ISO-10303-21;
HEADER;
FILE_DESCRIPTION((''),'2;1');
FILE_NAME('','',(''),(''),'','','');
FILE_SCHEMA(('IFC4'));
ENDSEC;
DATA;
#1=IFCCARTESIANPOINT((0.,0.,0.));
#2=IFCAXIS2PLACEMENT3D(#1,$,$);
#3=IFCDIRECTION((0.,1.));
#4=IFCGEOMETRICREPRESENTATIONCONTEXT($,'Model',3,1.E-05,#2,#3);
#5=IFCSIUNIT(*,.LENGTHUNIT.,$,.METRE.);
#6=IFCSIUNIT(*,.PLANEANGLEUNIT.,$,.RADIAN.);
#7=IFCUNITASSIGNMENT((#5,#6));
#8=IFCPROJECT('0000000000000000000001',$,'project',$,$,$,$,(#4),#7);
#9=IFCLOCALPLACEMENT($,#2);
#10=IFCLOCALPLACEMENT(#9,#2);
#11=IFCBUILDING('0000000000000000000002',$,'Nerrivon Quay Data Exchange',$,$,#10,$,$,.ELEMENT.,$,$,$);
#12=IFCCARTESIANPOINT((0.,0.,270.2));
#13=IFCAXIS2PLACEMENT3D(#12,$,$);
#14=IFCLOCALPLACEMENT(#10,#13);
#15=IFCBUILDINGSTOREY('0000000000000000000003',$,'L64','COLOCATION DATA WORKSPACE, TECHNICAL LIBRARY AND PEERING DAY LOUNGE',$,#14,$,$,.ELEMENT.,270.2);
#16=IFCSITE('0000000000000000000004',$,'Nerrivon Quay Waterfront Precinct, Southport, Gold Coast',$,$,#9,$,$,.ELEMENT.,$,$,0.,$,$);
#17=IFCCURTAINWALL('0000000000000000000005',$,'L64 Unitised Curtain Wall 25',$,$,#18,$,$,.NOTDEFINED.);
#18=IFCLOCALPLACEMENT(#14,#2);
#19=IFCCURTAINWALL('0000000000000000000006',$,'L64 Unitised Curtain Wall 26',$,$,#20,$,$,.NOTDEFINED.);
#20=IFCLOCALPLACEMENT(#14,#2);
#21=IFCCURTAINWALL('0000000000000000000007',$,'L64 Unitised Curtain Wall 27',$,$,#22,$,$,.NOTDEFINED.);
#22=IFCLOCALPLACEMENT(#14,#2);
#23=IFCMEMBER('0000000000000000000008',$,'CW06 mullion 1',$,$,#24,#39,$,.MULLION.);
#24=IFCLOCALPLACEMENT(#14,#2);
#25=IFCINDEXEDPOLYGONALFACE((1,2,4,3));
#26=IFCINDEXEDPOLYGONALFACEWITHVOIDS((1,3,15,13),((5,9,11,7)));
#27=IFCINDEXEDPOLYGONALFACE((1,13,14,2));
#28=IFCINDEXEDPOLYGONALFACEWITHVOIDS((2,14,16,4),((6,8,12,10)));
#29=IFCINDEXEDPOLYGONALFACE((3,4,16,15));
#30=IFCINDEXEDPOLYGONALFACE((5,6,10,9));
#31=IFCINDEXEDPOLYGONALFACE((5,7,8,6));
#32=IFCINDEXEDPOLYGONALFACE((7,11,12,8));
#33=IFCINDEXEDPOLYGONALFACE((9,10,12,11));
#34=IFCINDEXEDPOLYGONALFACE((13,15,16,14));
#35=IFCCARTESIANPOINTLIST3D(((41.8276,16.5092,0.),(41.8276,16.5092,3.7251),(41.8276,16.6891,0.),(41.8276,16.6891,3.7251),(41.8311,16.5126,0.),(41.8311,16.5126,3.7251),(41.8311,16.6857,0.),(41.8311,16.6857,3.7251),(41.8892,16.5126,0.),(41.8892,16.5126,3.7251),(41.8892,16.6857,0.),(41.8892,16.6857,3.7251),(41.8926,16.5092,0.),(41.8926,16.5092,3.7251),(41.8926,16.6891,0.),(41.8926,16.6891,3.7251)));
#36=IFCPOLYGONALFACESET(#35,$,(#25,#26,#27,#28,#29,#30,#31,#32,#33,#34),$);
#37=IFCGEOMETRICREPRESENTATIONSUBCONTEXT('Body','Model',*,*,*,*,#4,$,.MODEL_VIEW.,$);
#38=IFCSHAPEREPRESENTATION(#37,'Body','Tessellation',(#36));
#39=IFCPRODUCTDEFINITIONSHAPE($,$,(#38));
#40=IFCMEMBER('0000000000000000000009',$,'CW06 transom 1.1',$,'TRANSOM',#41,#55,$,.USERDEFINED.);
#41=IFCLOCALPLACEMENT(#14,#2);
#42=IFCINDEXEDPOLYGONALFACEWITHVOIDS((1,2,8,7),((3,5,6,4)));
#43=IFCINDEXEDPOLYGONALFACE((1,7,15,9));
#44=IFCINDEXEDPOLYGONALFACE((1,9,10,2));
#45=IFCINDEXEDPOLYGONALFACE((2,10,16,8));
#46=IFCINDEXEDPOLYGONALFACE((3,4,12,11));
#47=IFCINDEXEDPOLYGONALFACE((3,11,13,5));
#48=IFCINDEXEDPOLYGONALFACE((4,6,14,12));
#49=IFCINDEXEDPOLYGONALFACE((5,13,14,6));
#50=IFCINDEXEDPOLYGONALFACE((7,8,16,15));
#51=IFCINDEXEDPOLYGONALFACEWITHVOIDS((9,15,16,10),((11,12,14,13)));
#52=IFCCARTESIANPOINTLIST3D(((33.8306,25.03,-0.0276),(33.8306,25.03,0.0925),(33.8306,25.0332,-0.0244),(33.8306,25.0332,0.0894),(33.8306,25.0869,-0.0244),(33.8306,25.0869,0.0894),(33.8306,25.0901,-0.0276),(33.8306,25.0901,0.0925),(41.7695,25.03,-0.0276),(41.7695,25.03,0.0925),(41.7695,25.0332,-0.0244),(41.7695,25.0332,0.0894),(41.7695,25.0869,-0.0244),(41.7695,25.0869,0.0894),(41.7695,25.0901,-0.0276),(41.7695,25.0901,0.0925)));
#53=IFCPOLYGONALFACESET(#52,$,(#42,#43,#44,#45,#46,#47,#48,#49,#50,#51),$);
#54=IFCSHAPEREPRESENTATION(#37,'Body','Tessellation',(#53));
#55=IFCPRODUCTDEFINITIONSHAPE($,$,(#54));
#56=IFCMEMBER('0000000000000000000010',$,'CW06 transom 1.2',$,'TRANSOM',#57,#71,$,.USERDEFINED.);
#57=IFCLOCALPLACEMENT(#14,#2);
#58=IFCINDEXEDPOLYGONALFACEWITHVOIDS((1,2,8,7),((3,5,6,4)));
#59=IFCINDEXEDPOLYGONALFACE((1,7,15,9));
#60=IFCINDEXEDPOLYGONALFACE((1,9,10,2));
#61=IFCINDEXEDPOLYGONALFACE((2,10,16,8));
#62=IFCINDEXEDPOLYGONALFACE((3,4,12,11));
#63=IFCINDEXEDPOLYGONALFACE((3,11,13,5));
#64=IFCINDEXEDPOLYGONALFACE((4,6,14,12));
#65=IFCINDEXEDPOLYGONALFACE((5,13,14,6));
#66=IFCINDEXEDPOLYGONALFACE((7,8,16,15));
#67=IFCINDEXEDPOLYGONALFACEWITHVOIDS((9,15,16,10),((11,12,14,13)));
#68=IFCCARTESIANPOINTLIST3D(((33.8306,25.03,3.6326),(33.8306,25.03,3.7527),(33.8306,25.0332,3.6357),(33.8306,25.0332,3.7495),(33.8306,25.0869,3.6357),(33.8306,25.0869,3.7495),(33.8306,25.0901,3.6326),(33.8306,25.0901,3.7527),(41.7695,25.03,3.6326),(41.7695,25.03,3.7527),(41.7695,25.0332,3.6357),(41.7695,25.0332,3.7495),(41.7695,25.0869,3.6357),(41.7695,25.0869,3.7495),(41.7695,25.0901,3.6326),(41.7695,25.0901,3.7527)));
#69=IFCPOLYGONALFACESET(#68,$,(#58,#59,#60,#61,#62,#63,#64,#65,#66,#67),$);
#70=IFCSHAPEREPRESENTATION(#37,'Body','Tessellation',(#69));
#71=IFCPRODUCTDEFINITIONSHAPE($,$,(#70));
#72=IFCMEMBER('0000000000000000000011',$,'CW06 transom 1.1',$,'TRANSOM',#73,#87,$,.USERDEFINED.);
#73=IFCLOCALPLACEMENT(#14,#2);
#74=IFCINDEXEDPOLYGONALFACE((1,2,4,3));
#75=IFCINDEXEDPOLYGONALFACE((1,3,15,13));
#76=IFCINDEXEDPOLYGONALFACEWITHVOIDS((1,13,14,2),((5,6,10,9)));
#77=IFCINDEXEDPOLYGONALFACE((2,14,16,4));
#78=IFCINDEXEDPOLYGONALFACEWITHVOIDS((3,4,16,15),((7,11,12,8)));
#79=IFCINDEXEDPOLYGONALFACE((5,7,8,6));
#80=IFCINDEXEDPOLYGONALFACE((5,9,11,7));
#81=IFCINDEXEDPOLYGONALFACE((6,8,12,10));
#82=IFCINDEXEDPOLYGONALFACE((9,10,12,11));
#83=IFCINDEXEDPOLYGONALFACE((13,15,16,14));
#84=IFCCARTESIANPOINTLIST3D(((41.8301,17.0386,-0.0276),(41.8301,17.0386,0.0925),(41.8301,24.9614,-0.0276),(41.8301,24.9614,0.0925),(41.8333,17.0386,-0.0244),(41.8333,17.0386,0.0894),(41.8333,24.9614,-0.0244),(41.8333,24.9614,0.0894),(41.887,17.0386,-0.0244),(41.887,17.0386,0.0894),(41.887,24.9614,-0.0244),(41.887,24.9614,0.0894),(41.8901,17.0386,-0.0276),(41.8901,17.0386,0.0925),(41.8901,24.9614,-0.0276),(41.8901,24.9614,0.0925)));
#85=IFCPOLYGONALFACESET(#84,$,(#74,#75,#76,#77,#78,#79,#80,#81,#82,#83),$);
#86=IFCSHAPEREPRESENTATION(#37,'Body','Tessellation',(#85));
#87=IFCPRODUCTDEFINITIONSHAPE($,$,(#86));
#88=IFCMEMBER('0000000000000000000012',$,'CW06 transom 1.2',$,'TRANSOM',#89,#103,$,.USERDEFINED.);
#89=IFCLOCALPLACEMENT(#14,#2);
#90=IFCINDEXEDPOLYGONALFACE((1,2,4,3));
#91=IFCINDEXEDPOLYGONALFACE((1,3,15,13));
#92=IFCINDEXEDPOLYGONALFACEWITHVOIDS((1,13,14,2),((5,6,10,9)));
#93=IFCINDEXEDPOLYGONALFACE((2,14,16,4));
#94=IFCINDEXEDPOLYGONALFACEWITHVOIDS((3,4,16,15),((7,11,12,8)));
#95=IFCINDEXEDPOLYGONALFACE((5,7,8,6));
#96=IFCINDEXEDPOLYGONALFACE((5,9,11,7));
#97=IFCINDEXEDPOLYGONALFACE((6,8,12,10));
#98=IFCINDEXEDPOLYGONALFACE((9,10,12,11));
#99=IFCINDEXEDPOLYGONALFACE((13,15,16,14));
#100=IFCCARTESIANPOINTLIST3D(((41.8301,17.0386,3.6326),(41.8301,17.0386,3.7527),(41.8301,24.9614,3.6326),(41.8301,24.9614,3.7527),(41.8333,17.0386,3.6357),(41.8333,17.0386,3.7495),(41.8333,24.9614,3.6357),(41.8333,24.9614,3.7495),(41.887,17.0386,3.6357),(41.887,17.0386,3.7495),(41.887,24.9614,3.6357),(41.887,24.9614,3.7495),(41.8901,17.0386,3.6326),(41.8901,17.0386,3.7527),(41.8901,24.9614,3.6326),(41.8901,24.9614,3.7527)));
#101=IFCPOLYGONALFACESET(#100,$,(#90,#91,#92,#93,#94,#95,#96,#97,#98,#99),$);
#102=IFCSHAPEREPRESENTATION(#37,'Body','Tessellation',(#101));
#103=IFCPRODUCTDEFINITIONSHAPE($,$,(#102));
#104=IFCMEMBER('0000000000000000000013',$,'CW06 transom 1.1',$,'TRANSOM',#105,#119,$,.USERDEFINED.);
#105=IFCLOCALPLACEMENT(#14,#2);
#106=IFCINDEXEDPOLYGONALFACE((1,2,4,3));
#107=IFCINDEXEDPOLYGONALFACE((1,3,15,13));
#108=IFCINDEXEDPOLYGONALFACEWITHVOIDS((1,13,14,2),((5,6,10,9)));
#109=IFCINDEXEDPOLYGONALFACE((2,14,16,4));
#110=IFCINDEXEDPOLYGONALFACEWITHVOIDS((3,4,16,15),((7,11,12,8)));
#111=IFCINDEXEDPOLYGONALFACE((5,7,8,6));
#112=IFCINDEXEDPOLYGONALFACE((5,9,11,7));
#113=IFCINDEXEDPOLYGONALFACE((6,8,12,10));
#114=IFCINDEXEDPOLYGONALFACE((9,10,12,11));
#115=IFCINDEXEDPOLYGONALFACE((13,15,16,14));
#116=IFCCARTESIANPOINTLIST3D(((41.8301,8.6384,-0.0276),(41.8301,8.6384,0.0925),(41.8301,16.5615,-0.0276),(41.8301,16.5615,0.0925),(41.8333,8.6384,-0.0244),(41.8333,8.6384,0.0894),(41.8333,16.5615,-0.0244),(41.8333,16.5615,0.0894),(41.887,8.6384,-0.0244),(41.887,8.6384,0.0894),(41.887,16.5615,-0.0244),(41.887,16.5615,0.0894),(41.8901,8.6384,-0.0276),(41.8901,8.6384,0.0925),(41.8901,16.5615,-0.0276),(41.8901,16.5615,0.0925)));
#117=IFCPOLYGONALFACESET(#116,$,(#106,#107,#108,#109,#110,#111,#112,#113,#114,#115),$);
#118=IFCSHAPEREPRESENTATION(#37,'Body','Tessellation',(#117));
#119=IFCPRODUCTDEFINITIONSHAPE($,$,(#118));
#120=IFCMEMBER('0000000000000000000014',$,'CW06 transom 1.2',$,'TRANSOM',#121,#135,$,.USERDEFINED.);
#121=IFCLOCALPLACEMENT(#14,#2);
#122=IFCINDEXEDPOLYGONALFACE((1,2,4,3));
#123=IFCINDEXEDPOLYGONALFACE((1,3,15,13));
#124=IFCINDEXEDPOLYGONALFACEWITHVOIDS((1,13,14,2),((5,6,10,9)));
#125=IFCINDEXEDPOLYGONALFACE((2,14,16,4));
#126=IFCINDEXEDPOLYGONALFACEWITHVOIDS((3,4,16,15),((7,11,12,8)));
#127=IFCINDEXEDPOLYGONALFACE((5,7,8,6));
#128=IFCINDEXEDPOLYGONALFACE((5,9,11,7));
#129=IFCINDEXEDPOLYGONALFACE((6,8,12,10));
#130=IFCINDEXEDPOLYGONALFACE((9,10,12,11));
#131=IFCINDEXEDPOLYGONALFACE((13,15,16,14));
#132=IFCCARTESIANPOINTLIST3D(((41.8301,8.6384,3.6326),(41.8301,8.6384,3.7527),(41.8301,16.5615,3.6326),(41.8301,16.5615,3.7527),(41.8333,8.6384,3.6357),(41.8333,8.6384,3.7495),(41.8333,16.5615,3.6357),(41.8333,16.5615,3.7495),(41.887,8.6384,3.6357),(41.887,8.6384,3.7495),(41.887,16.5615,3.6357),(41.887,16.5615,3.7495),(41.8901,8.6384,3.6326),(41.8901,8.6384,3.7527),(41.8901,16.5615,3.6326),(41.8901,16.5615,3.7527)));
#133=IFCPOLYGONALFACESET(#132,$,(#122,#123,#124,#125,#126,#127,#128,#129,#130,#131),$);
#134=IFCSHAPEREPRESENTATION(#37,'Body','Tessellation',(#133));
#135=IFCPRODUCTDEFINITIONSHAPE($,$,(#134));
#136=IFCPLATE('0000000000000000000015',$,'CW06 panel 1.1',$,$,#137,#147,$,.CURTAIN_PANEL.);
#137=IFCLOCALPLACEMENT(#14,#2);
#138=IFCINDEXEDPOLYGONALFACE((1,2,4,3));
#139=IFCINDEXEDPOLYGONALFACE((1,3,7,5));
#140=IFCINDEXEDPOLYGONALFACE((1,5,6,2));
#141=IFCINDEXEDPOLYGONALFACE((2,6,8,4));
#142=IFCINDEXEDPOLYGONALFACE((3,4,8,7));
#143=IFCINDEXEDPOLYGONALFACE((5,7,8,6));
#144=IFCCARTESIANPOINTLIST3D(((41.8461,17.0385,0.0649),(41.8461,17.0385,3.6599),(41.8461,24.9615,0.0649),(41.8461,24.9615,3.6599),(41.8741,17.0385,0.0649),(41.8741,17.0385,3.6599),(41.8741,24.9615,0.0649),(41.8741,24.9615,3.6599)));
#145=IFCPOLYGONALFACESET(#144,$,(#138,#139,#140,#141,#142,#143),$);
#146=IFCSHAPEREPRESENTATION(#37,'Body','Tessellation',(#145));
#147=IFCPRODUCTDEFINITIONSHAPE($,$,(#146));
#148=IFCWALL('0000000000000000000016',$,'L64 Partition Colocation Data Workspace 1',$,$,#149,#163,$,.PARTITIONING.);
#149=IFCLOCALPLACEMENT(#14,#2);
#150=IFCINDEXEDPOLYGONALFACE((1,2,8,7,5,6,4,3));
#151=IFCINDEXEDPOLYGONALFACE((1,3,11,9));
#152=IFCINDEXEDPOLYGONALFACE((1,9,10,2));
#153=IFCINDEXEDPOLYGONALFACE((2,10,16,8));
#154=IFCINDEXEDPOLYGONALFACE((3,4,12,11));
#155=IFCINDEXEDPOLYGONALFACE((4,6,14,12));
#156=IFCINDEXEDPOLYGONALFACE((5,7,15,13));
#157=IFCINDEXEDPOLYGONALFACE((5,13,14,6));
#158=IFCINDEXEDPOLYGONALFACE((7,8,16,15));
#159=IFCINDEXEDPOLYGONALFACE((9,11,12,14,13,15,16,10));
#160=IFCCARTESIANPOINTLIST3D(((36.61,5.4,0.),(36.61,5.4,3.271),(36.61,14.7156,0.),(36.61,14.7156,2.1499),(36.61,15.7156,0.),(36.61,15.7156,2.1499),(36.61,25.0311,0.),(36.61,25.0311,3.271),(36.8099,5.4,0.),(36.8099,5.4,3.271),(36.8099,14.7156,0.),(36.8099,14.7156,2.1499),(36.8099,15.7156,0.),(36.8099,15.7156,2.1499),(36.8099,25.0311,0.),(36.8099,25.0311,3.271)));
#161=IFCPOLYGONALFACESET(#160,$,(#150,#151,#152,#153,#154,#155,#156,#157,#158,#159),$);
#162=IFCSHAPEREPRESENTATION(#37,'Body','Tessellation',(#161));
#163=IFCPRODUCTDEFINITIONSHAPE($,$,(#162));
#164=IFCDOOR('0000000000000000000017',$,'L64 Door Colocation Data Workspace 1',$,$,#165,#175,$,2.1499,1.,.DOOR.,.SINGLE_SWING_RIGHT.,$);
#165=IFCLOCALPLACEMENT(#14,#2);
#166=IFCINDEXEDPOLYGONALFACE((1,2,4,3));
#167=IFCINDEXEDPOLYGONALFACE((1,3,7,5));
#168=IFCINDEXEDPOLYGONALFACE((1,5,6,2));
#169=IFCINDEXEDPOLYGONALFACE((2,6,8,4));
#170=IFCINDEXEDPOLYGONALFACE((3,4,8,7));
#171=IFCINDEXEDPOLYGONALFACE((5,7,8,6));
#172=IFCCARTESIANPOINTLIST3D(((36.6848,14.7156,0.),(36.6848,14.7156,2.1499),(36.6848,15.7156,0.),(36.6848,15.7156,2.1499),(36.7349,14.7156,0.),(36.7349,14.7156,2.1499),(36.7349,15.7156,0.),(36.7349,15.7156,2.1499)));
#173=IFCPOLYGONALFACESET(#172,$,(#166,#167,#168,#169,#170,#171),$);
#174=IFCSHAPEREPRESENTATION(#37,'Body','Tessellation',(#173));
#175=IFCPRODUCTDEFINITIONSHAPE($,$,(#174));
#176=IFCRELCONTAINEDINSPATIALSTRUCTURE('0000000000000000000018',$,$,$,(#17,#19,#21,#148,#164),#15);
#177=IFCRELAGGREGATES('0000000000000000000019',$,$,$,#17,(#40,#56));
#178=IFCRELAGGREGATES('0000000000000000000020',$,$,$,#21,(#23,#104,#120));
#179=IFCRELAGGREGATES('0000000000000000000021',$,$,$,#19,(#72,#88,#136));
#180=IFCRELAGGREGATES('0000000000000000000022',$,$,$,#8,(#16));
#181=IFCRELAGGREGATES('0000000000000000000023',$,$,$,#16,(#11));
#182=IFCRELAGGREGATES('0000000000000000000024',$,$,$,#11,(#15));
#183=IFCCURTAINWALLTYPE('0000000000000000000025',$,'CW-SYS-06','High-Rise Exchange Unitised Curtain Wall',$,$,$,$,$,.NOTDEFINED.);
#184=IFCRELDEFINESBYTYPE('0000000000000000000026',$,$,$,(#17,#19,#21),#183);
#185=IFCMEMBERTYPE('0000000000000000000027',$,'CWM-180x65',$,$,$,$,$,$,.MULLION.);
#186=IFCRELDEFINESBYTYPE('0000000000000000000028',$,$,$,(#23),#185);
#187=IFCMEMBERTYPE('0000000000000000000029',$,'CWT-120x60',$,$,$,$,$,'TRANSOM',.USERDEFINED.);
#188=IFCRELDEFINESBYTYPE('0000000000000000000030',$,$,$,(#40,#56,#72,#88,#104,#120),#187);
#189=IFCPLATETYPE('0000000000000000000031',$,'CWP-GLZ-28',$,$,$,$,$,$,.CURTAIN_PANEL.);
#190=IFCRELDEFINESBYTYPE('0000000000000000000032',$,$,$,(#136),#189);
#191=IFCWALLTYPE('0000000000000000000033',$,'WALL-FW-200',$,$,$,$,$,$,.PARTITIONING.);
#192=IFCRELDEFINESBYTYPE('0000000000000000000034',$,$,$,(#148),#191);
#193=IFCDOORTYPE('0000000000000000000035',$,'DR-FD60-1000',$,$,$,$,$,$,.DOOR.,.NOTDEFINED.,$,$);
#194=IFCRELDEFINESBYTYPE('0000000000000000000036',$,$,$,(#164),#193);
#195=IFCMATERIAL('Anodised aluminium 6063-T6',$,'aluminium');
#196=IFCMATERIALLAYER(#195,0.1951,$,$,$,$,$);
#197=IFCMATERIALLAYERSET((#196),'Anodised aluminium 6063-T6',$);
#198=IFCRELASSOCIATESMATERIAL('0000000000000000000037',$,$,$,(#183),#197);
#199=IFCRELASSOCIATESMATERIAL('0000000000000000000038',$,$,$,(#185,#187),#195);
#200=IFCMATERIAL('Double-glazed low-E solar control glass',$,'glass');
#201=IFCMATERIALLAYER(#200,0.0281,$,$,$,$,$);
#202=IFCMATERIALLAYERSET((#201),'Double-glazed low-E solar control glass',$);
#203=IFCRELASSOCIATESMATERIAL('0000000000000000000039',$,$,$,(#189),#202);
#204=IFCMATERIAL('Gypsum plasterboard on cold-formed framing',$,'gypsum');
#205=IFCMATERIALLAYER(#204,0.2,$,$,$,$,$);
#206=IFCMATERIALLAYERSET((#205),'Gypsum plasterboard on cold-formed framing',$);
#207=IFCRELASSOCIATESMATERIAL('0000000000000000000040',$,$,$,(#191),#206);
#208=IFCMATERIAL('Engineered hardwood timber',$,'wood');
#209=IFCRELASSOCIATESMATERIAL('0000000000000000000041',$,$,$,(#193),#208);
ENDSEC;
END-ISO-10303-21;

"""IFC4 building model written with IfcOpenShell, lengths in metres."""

from ifc_helpers import new_model, si_unit, direction, frame, frame_2d, origin, origin_2d, place, context, subcontext, project, spatial, rectangle, hollow_rectangle, extrude, material, layer, layer_set, material_profile, profile_set, type_object, element, fill, aggregate, save


model = new_model("IFC4")

# Units and contexts
model_context = context("Model", 3, precision=1e-05, world=origin(), true_north=direction((0.0, 1.0)))
body_context = subcontext(model_context, "Body", "Model", "MODEL_VIEW")
ifc_project = project(units=[si_unit("LENGTHUNIT", "METRE"), si_unit("PLANEANGLEUNIT", "RADIAN")], contexts=[model_context])

# Site, building, storey
site_placement = place(None, origin())
site = spatial("IfcSite", under=ifc_project, at=site_placement, Name="Nerrivon Quay Waterfront Precinct, Southport, Gold Coast", CompositionType="ELEMENT", RefElevation=0.0)
building_placement = place(site_placement, origin())
building = spatial("IfcBuilding", under=site, at=building_placement, Name="Nerrivon Quay Data Exchange", CompositionType="ELEMENT")
storey_placement = place(building_placement, frame((0.0, 0.0, 270.2)))
storey = spatial("IfcBuildingStorey", under=building, at=storey_placement, Name="L64", Description="COLOCATION DATA WORKSPACE, TECHNICAL LIBRARY AND PEERING DAY LOUNGE", CompositionType="ELEMENT", Elevation=270.2)

# Curtain wall
ifc_material_1 = material(Name="Anodised aluminium 6063-T6", Category="aluminium")
ifc_layer_1 = layer(ifc_material_1, 0.1951)
ifc_layer_set_1 = layer_set([ifc_layer_1], Name="Anodised aluminium 6063-T6")
curtain_wall_type = type_object("IfcCurtainWallType", Name="CW-SYS-06", Description="High-Rise Exchange Unitised Curtain Wall", PredefinedType="NOTDEFINED", material=ifc_layer_set_1)
ifc_material_profile_1 = material_profile(ifc_material_1, hollow_rectangle(XDim=0.0649, YDim=0.1799, WallThickness=0.0034, at=origin_2d()), Name="ALU-MULL-180x65")
ifc_profile_set_1 = profile_set([ifc_material_profile_1], Name="Anodised aluminium 6063-T6")
member_type_1 = type_object("IfcMemberType", Name="CWM-180x65", PredefinedType="MULLION", material=ifc_profile_set_1)
curtain_wall_1_placement = place(storey_placement, origin())
curtain_wall_1 = element("IfcCurtainWall", 1, at=curtain_wall_1_placement, inside=storey, type_object=curtain_wall_type, Name="L64 Unitised Curtain Wall 25", PredefinedType="NOTDEFINED")

# Curtain wall
curtain_wall_2_placement = place(storey_placement, origin())
curtain_wall_2 = element("IfcCurtainWall", 2, at=curtain_wall_2_placement, inside=storey, type_object=curtain_wall_type, Name="L64 Unitised Curtain Wall 26", PredefinedType="NOTDEFINED")

# Curtain wall, member
curtain_wall_3_placement = place(storey_placement, origin())
curtain_wall_3 = element("IfcCurtainWall", 3, at=curtain_wall_3_placement, inside=storey, type_object=curtain_wall_type, Name="L64 Unitised Curtain Wall 27", PredefinedType="NOTDEFINED")
member_1_placement = place(storey_placement, frame((41.8601, 16.5991, 0.0), z_axis=(0.0, 0.0, 1.0), x_axis=(1.0, 0.0, 0.0)))
member_1 = element("IfcMember", 4, at=member_1_placement, type_object=member_type_1, Name="CW06 mullion 1", PredefinedType="MULLION", context=body_context, shape_type="SweptSolid", body=[
    extrude(hollow_rectangle(XDim=0.0649, YDim=0.1799, WallThickness=0.0034, at=origin_2d()), origin(), (0.0, 0.0, 1.0), 3.7251),
])

# Members
ifc_material_profile_2 = material_profile(ifc_material_1, hollow_rectangle(XDim=0.0601, YDim=0.1201, WallThickness=0.0032, at=origin_2d()), Name="ALU-TRAN-120x60")
ifc_profile_set_2 = profile_set([ifc_material_profile_2], Name="Anodised aluminium 6063-T6")
member_type_2 = type_object("IfcMemberType", Name="CWT-120x60", ElementType="TRANSOM", PredefinedType="USERDEFINED", material=ifc_profile_set_2)
member_2_placement = place(storey_placement, frame((33.8306, 25.0601, 0.0325), z_axis=(1.0, 0.0, 0.0), x_axis=(0.0, 1.0, 0.0)))
member_2 = element("IfcMember", 5, at=member_2_placement, type_object=member_type_2, Name="CW06 transom 1.1", ObjectType="TRANSOM", PredefinedType="USERDEFINED", context=body_context, shape_type="SweptSolid", body=[
    extrude(hollow_rectangle(XDim=0.0601, YDim=0.1201, WallThickness=0.0032, at=origin_2d()), origin(), (0.0, 0.0, 1.0), 7.939),
])
member_3_placement = place(storey_placement, frame((33.8306, 25.0601, 3.6926), z_axis=(1.0, 0.0, 0.0), x_axis=(0.0, 1.0, 0.0)))
member_3 = element("IfcMember", 6, at=member_3_placement, type_object=member_type_2, Name="CW06 transom 1.2", ObjectType="TRANSOM", PredefinedType="USERDEFINED", context=body_context, shape_type="SweptSolid", body=[
    extrude(hollow_rectangle(XDim=0.0601, YDim=0.1201, WallThickness=0.0032, at=origin_2d()), origin(), (0.0, 0.0, 1.0), 7.939),
])
aggregate(curtain_wall_1, [member_2, member_3])
member_4_placement = place(storey_placement, frame((41.8601, 24.9614, 0.0325), z_axis=(0.0, -1.0, 0.0), x_axis=(1.0, 0.0, 0.0)))
member_4 = element("IfcMember", 7, at=member_4_placement, type_object=member_type_2, Name="CW06 transom 1.1", ObjectType="TRANSOM", PredefinedType="USERDEFINED", context=body_context, shape_type="SweptSolid", body=[
    extrude(hollow_rectangle(XDim=0.0601, YDim=0.1201, WallThickness=0.0032, at=origin_2d()), origin(), (0.0, 0.0, 1.0), 7.9229),
])
member_5_placement = place(storey_placement, frame((41.8601, 24.9614, 3.6926), z_axis=(0.0, -1.0, 0.0), x_axis=(1.0, 0.0, 0.0)))
member_5 = element("IfcMember", 8, at=member_5_placement, type_object=member_type_2, Name="CW06 transom 1.2", ObjectType="TRANSOM", PredefinedType="USERDEFINED", context=body_context, shape_type="SweptSolid", body=[
    extrude(hollow_rectangle(XDim=0.0601, YDim=0.1201, WallThickness=0.0032, at=origin_2d()), origin(), (0.0, 0.0, 1.0), 7.9229),
])
member_6_placement = place(storey_placement, frame((41.8601, 16.5615, 0.0325), z_axis=(0.0, -1.0, 0.0), x_axis=(1.0, 0.0, 0.0)))
member_6 = element("IfcMember", 9, at=member_6_placement, type_object=member_type_2, Name="CW06 transom 1.1", ObjectType="TRANSOM", PredefinedType="USERDEFINED", context=body_context, shape_type="SweptSolid", body=[
    extrude(hollow_rectangle(XDim=0.0601, YDim=0.1201, WallThickness=0.0032, at=origin_2d()), origin(), (0.0, 0.0, 1.0), 7.9231),
])
member_7_placement = place(storey_placement, frame((41.8601, 16.5615, 3.6926), z_axis=(0.0, -1.0, 0.0), x_axis=(1.0, 0.0, 0.0)))
member_7 = element("IfcMember", 10, at=member_7_placement, type_object=member_type_2, Name="CW06 transom 1.2", ObjectType="TRANSOM", PredefinedType="USERDEFINED", context=body_context, shape_type="SweptSolid", body=[
    extrude(hollow_rectangle(XDim=0.0601, YDim=0.1201, WallThickness=0.0032, at=origin_2d()), origin(), (0.0, 0.0, 1.0), 7.9231),
])
aggregate(curtain_wall_3, [member_1, member_6, member_7])

# Plate
ifc_material_2 = material(Name="Double-glazed low-E solar control glass", Category="glass")
ifc_layer_2 = layer(ifc_material_2, 0.0281)
ifc_layer_set_2 = layer_set([ifc_layer_2], Name="Double-glazed low-E solar control glass")
plate_type = type_object("IfcPlateType", Name="CWP-GLZ-28", PredefinedType="CURTAIN_PANEL", material=ifc_layer_set_2)
plate_placement = place(storey_placement, frame((41.8601, 21.0, 0.0649), z_axis=(0.0, 0.0, 1.0), x_axis=(0.0, -1.0, 0.0)))
plate = element("IfcPlate", 11, at=plate_placement, type_object=plate_type, Name="CW06 panel 1.1", PredefinedType="CURTAIN_PANEL", context=body_context, shape_type="SweptSolid", body=[
    extrude(rectangle(XDim=7.9231, YDim=0.0281, at=origin_2d()), origin(), (0.0, 0.0, 1.0), 3.595),
])
aggregate(curtain_wall_2, [member_4, member_5, plate])

# Wall, opening, door
ifc_material_3 = material(Name="Gypsum plasterboard on cold-formed framing", Category="gypsum")
ifc_layer_3 = layer(ifc_material_3, 0.2)
ifc_layer_set_3 = layer_set([ifc_layer_3], Name="Gypsum plasterboard on cold-formed framing")
wall_type_1 = type_object("IfcWallType", Name="WALL-FW-200", PredefinedType="PARTITIONING", material=ifc_layer_set_3)
wall_1_placement = place(storey_placement, frame((36.71, 25.031, 0.0), z_axis=(0.0, 0.0, 1.0), x_axis=(0.0, -1.0, 0.0)))
wall_1 = element("IfcWall", 12, at=wall_1_placement, inside=storey, type_object=wall_type_1, Name="L64 Partition Colocation Data Workspace 1", PredefinedType="PARTITIONING", context=body_context, shape_type="SweptSolid", body=[
    extrude(rectangle(XDim=19.6311, YDim=0.2, at=frame_2d((9.8154, 0.0))), origin(), (0.0, 0.0, 1.0), 3.271),
])
opening_1_placement = place(wall_1_placement, frame((9.3154, 0.0, 0.0)))
opening_1 = element("IfcOpeningElement", 13, at=opening_1_placement, cuts=wall_1, PredefinedType="OPENING", context=body_context, shape_type="SweptSolid", body=[
    extrude(rectangle(XDim=1.0, YDim=2.1499, at=frame_2d((0.5, 1.075))), frame((0.0, 0.1099, 0.0), z_axis=(0.0, -1.0, 0.0), x_axis=(1.0, 0.0, 0.0)), (0.0, 0.0, 1.0), 0.22),
])
ifc_material_4 = material(Name="Engineered hardwood timber", Category="wood")
door_type_1 = type_object("IfcDoorType", Name="DR-FD60-1000", OperationType="NOTDEFINED", PredefinedType="DOOR", material=ifc_material_4)
door_1_placement = place(opening_1_placement, origin())
door_1 = element("IfcDoor", 14, at=door_1_placement, inside=storey, type_object=door_type_1, Name="L64 Door Colocation Data Workspace 1", OperationType="SINGLE_SWING_RIGHT", OverallHeight=2.1499, OverallWidth=1.0, PredefinedType="DOOR", context=body_context, shape_type="SweptSolid", body=[
    extrude(rectangle(XDim=1.0, YDim=2.1499, at=frame_2d((0.5, 1.075))), frame((0.0, 0.0249, 0.0), z_axis=(0.0, -1.0, 0.0), x_axis=(1.0, 0.0, 0.0)), (0.0, 0.0, 1.0), 0.05),
])
fill(opening_1, door_1)

save(model, "model.ifc")
